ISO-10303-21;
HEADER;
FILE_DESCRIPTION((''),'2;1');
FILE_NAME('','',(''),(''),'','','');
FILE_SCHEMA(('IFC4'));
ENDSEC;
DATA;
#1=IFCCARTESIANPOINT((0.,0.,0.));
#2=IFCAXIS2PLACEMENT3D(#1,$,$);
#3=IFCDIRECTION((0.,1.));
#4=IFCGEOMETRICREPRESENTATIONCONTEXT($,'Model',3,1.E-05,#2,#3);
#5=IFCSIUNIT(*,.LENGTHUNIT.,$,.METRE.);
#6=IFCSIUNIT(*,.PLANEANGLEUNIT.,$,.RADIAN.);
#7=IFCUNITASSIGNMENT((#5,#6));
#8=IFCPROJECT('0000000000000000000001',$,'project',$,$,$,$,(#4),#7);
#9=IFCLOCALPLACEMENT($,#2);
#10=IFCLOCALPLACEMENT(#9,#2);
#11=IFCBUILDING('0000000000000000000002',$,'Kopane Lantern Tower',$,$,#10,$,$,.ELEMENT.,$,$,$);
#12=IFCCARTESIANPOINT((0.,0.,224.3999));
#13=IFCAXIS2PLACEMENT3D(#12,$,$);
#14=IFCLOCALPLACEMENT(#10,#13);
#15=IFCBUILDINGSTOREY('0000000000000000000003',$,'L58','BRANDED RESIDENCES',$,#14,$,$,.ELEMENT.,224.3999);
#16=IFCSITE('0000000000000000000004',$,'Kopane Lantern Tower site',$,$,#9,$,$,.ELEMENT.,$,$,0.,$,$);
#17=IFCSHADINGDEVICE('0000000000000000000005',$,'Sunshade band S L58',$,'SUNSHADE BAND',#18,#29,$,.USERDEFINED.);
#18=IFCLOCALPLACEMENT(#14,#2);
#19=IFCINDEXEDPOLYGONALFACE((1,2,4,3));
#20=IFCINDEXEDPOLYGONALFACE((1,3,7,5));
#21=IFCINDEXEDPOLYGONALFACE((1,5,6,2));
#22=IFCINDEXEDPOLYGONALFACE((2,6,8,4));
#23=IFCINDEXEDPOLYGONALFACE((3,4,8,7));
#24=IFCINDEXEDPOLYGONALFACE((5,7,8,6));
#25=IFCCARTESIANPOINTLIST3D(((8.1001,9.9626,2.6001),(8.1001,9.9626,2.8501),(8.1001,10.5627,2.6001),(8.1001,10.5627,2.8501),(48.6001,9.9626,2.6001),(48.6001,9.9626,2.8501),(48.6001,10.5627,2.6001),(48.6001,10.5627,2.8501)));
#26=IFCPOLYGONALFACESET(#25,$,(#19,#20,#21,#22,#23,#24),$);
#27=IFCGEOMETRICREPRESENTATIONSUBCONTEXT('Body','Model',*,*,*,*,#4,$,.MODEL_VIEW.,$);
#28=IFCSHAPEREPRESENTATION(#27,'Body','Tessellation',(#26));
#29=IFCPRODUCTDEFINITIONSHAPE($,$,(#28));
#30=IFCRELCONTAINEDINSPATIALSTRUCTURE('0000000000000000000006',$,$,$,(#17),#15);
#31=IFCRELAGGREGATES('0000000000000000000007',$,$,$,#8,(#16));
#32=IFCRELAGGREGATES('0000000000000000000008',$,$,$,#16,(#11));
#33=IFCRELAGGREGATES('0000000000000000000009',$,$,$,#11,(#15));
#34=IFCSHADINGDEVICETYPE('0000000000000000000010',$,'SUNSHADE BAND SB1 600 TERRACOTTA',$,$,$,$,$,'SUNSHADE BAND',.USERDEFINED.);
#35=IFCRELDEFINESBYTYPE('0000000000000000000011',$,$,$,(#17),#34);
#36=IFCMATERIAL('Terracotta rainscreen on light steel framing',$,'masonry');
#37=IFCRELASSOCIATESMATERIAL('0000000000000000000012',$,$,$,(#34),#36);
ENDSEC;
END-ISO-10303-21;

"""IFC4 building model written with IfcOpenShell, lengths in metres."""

from ifc_helpers import new_model, si_unit, direction, frame, origin, origin_2d, place, context, subcontext, project, spatial, rectangle, extrude, material, type_object, element, save


model = new_model("IFC4")

# Units and contexts
model_context = context("Model", 3, precision=1e-05, world=origin(), true_north=direction((0.0, 1.0)))
body_context = subcontext(model_context, "Body", "Model", "MODEL_VIEW")
ifc_project = project(units=[si_unit("LENGTHUNIT", "METRE"), si_unit("PLANEANGLEUNIT", "RADIAN")], contexts=[model_context])

# Site, building, storey
site_placement = place(None, origin())
site = spatial("IfcSite", under=ifc_project, at=site_placement, Name="Kopane Lantern Tower site", CompositionType="ELEMENT", RefElevation=0.0)
building_placement = place(site_placement, origin())
building = spatial("IfcBuilding", under=site, at=building_placement, Name="Kopane Lantern Tower", CompositionType="ELEMENT")
storey_placement = place(building_placement, frame((0.0, 0.0, 224.3999)))
storey = spatial("IfcBuildingStorey", under=building, at=storey_placement, Name="L58", Description="BRANDED RESIDENCES", CompositionType="ELEMENT", Elevation=224.3999)

# Shading device
ifc_material_1 = material(Name="Terracotta rainscreen on light steel framing", Category="masonry")
shading_device_type = type_object("IfcShadingDeviceType", Name="SUNSHADE BAND SB1 600 TERRACOTTA", ElementType="SUNSHADE BAND", PredefinedType="USERDEFINED", material=ifc_material_1)
shading_device_placement = place(storey_placement, frame((28.3501, 10.2627, 2.6001), z_axis=(0.0, 0.0, 1.0), x_axis=(1.0, 0.0, 0.0)))
element("IfcShadingDevice", 1, at=shading_device_placement, inside=storey, type_object=shading_device_type, Name="Sunshade band S L58", ObjectType="SUNSHADE BAND", PredefinedType="USERDEFINED", context=body_context, shape_type="SweptSolid", body=[
    extrude(rectangle(XDim=40.5, YDim=0.6001, at=origin_2d()), origin(), (0.0, 0.0, 1.0), 0.25),
])

save(model, "model.ifc")
